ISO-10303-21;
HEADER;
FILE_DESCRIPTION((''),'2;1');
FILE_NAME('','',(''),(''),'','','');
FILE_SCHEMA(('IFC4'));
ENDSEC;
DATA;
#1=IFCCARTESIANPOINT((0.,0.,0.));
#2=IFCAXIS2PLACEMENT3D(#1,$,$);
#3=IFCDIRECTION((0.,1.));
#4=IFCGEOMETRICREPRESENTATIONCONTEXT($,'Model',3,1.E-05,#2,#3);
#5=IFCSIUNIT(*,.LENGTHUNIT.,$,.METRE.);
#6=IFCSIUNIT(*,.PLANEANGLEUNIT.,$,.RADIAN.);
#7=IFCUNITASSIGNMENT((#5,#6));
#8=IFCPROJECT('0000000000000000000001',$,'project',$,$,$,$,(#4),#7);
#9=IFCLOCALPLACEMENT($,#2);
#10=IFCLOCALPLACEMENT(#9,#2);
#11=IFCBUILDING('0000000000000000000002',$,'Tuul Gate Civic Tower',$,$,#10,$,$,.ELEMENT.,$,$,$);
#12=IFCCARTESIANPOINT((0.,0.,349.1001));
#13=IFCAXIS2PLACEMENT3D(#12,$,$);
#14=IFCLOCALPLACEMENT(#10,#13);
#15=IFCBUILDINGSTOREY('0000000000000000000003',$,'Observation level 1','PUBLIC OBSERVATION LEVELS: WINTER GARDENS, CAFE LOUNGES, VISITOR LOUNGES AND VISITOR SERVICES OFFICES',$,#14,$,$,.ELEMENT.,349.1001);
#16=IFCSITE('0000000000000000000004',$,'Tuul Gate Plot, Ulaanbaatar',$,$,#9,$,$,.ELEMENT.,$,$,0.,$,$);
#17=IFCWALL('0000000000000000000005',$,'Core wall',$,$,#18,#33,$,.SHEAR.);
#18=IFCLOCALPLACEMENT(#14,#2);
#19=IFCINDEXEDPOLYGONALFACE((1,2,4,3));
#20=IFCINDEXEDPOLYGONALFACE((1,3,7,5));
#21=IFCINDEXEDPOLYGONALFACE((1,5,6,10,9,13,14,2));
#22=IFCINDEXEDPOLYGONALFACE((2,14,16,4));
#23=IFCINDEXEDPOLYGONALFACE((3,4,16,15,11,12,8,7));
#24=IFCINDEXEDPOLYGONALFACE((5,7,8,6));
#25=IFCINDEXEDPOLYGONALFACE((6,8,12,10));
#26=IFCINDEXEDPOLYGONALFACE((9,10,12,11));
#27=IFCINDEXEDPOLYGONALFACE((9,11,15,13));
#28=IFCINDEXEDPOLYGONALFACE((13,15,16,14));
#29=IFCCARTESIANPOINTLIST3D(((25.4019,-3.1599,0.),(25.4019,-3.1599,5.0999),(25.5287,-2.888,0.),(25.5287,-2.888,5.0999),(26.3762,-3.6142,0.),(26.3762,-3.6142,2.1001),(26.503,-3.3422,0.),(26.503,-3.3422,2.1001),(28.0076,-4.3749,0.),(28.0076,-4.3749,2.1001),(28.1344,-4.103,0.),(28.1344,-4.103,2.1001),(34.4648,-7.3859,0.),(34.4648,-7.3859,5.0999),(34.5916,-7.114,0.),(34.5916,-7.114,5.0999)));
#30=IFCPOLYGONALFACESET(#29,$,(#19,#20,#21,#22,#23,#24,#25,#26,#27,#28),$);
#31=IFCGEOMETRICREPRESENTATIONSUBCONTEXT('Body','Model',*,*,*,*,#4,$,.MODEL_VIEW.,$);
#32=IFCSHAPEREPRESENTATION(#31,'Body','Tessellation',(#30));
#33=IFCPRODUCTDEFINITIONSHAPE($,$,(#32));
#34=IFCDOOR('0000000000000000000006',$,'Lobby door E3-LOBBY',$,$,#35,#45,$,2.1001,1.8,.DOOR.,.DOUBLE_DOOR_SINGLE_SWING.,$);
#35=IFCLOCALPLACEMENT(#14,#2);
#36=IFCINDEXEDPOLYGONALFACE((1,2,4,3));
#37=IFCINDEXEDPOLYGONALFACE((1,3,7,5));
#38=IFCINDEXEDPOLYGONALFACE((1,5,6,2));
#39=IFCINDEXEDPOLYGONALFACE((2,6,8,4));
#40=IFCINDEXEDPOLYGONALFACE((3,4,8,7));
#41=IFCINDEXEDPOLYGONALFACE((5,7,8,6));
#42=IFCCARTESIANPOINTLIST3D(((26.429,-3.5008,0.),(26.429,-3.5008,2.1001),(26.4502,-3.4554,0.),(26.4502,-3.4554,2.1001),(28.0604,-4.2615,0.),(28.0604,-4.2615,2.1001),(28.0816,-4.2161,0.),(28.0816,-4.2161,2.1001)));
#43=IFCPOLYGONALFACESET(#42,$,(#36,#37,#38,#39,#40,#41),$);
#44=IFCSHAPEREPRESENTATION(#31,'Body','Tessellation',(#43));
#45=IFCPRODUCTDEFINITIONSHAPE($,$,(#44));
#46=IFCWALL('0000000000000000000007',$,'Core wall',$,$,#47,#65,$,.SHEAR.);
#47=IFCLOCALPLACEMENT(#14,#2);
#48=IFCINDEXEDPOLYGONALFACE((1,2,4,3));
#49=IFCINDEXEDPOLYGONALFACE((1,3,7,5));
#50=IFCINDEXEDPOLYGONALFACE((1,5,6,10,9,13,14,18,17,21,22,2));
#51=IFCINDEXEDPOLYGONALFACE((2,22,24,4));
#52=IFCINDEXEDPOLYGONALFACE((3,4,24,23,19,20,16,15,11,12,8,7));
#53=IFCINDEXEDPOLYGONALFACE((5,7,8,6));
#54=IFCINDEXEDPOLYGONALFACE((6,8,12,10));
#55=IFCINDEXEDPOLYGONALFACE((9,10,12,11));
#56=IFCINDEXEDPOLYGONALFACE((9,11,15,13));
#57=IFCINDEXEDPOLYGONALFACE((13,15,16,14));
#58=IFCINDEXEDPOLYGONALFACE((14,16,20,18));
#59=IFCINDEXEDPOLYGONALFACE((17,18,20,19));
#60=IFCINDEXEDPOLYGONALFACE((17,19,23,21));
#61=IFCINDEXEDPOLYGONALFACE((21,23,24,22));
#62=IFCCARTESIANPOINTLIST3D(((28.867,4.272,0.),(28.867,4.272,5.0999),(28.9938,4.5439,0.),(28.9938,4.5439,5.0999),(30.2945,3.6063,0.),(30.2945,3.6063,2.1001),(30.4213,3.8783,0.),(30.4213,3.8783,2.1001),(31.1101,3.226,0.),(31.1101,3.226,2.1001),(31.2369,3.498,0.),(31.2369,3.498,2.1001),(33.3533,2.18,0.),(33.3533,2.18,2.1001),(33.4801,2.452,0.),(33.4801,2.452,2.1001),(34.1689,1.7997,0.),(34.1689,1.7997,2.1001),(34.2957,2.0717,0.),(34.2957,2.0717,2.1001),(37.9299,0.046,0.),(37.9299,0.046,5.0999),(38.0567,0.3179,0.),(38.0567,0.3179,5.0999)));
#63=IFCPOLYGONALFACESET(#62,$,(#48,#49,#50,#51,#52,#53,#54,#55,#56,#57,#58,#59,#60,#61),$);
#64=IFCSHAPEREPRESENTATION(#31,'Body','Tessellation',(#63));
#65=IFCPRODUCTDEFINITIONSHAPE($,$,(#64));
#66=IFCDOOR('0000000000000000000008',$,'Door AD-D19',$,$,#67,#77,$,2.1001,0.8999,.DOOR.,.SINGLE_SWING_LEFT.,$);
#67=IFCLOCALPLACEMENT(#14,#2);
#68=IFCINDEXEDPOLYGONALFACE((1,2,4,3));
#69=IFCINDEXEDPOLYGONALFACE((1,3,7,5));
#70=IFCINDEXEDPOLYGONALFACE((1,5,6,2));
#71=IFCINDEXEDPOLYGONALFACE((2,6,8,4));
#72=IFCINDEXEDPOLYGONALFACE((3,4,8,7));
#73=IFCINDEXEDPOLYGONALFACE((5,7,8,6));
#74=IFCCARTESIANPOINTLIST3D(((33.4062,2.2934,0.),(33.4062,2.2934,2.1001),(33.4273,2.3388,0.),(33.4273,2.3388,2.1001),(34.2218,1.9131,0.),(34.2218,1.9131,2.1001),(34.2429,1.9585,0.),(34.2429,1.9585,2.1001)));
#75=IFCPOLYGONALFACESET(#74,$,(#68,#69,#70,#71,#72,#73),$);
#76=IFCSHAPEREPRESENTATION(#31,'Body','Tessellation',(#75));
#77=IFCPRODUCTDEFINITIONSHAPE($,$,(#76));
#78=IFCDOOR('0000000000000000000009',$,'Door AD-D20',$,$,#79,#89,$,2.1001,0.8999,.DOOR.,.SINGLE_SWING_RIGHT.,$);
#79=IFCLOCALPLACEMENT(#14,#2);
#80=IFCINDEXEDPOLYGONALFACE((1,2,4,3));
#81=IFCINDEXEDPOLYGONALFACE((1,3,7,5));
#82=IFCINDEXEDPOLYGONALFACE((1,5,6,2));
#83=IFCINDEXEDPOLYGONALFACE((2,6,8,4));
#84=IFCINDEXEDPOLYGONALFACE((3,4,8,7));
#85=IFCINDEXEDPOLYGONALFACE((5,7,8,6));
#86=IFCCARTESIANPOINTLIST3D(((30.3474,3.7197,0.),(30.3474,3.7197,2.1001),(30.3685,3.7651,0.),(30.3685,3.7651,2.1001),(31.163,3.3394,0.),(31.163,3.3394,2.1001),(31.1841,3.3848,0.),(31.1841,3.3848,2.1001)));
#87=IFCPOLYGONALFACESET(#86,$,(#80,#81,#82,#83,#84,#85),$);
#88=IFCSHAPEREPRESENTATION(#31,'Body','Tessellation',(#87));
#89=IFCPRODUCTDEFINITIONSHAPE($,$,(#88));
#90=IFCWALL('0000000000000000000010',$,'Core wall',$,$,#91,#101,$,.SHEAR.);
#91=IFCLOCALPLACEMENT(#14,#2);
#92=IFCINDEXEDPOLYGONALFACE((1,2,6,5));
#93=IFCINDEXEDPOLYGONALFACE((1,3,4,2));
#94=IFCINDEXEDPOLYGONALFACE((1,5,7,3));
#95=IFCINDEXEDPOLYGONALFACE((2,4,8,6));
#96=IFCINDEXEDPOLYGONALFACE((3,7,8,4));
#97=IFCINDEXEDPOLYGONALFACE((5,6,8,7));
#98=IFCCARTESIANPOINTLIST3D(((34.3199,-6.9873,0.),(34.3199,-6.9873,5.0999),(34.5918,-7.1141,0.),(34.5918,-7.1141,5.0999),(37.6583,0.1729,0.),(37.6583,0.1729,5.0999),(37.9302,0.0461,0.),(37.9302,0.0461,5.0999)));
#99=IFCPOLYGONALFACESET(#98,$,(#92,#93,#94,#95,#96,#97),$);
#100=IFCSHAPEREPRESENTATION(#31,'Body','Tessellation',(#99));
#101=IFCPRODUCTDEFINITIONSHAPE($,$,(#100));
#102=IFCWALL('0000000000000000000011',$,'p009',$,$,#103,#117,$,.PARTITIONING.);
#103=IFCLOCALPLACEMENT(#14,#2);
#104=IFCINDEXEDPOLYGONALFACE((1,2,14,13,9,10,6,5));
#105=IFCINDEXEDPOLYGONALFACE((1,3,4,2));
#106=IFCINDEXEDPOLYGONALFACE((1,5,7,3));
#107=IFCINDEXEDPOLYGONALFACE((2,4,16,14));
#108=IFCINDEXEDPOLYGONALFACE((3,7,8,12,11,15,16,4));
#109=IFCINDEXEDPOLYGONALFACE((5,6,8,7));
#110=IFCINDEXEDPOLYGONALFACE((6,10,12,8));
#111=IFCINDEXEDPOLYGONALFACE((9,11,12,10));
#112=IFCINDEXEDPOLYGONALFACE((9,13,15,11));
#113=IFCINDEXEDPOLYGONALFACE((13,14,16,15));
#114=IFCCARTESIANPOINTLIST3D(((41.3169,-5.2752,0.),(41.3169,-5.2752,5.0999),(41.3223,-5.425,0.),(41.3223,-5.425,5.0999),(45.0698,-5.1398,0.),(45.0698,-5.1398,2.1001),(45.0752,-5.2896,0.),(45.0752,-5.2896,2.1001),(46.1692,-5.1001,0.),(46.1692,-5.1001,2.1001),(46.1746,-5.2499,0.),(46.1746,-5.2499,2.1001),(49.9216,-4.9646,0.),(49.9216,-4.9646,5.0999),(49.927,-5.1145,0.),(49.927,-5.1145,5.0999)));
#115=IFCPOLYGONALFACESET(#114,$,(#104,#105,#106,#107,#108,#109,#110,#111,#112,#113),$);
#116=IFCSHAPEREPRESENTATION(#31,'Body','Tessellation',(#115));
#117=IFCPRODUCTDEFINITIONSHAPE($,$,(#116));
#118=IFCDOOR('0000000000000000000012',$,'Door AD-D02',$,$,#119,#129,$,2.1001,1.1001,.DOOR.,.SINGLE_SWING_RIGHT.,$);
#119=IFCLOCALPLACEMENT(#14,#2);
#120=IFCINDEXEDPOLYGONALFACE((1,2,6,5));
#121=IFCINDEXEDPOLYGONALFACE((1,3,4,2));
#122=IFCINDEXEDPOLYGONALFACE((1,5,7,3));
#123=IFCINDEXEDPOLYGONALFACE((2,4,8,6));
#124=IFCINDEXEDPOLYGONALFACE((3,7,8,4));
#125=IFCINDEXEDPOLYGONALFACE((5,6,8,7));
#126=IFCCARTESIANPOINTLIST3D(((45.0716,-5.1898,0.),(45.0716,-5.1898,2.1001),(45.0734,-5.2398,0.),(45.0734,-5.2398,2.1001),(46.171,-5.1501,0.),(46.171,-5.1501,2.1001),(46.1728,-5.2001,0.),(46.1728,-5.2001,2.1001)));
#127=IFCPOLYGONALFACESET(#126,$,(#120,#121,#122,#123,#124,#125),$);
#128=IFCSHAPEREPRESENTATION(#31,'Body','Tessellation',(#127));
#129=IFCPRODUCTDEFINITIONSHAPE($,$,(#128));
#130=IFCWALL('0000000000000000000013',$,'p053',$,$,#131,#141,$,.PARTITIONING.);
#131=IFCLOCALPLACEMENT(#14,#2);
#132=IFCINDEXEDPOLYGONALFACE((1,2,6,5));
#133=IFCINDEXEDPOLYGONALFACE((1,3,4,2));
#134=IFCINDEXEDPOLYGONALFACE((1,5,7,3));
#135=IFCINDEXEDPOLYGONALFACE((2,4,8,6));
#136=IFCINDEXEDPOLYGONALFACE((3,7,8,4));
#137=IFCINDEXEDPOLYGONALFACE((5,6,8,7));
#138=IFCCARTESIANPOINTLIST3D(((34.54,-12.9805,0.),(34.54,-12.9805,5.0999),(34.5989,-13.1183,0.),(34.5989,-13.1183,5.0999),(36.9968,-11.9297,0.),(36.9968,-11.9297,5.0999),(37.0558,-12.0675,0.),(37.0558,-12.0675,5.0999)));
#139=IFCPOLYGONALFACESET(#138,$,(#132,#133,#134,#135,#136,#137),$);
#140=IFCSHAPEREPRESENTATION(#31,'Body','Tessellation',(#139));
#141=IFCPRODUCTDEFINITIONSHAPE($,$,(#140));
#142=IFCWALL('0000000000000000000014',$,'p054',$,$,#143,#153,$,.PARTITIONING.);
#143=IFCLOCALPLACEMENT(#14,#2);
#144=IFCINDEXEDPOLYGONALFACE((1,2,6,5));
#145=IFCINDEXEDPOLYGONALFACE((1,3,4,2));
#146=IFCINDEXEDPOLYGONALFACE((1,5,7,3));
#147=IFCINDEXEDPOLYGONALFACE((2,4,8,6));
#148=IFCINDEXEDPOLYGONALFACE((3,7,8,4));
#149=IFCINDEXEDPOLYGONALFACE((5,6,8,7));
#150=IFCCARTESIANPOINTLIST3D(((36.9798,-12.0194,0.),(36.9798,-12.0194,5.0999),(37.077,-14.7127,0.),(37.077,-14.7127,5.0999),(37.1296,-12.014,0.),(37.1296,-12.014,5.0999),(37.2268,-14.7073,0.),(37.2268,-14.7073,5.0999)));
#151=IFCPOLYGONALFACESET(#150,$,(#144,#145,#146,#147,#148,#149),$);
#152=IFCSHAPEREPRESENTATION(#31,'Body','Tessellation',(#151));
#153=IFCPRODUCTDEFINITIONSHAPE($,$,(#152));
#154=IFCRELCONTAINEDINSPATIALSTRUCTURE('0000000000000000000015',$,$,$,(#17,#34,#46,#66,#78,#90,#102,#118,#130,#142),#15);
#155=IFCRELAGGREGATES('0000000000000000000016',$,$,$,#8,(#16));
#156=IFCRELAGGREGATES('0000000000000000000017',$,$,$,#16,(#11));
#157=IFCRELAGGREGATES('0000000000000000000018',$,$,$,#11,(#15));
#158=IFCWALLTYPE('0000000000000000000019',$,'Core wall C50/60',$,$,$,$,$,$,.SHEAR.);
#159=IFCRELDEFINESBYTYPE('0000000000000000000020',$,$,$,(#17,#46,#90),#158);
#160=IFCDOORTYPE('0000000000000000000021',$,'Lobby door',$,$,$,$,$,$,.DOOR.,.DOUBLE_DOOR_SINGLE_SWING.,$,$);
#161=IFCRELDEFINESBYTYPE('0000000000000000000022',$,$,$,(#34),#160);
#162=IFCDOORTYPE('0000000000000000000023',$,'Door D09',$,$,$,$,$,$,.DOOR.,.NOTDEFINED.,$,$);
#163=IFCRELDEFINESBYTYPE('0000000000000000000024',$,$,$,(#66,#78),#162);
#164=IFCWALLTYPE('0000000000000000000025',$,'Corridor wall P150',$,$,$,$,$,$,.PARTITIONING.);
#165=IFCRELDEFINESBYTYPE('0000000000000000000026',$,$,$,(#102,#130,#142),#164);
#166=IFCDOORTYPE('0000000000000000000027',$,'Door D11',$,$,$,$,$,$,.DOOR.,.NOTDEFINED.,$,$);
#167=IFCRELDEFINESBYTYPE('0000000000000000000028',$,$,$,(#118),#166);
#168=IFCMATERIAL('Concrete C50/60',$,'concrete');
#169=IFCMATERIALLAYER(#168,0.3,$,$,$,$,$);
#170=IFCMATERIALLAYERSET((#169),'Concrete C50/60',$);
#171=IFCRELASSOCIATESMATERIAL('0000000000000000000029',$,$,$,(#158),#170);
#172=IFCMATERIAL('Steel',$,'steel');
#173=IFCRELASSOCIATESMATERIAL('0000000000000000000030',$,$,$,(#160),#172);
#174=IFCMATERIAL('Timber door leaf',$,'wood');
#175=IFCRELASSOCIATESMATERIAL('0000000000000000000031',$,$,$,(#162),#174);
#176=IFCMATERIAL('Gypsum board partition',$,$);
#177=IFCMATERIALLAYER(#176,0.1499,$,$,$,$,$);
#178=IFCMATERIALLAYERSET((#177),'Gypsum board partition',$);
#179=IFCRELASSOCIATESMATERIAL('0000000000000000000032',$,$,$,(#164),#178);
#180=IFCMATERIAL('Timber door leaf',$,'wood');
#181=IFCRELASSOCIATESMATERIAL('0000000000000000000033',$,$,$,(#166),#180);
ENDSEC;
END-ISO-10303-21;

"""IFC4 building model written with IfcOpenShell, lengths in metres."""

from ifc_helpers import new_model, si_unit, direction, frame, frame_2d, origin, place, context, subcontext, project, spatial, rectangle, extrude, material, layer, layer_set, type_object, element, fill, save


model = new_model("IFC4")

# Units and contexts
model_context = context("Model", 3, precision=1e-05, world=origin(), true_north=direction((0.0, 1.0)))
body_context = subcontext(model_context, "Body", "Model", "MODEL_VIEW")
ifc_project = project(units=[si_unit("LENGTHUNIT", "METRE"), si_unit("PLANEANGLEUNIT", "RADIAN")], contexts=[model_context])

# Site, building, storey
site_placement = place(None, origin())
site = spatial("IfcSite", under=ifc_project, at=site_placement, Name="Tuul Gate Plot, Ulaanbaatar", CompositionType="ELEMENT", RefElevation=0.0)
building_placement = place(site_placement, origin())
building = spatial("IfcBuilding", under=site, at=building_placement, Name="Tuul Gate Civic Tower", CompositionType="ELEMENT")
storey_placement = place(building_placement, frame((0.0, 0.0, 349.1001)))
storey = spatial("IfcBuildingStorey", under=building, at=storey_placement, Name="Observation level 1", Description="PUBLIC OBSERVATION LEVELS: WINTER GARDENS, CAFE LOUNGES, VISITOR LOUNGES AND VISITOR SERVICES OFFICES", CompositionType="ELEMENT", Elevation=349.1001)

# Shared definitions
ifc_material_1 = material(Name="Concrete C50/60", Category="concrete")
ifc_layer_1 = layer(ifc_material_1, 0.3)
ifc_layer_set_1 = layer_set([ifc_layer_1], Name="Concrete C50/60")
wall_type_1 = type_object("IfcWallType", Name="Core wall C50/60", PredefinedType="SHEAR", material=ifc_layer_set_1)

# Wall, opening, door
wall_1_placement = place(storey_placement, frame((34.5283, -7.25, 0.0), z_axis=(0.0, 0.0, 1.0), x_axis=(-0.90631, 0.422613, 0.0)))
wall_1 = element("IfcWall", 1, at=wall_1_placement, inside=storey, type_object=wall_type_1, Name="Core wall", PredefinedType="SHEAR", context=body_context, shape_type="SweptSolid", body=[
    extrude(rectangle(XDim=9.9998, YDim=0.3, at=frame_2d((5.0, 0.0))), origin(), (0.0, 0.0, 1.0), 5.0999),
])
opening_1_placement = place(wall_1_placement, frame((7.125, 0.0, 0.0)))
opening_1 = element("IfcOpeningElement", 2, at=opening_1_placement, cuts=wall_1, PredefinedType="OPENING", context=body_context, shape_type="SweptSolid", body=[
    extrude(rectangle(XDim=1.8, YDim=2.1001, at=frame_2d((0.8999, 1.05))), frame((0.0, 0.1602, 0.0), z_axis=(0.0, -1.0, 0.0), x_axis=(1.0, 0.0, 0.0)), (0.0, 0.0, 1.0), 0.3201),
])
ifc_material_2 = material(Name="Steel", Category="steel")
door_type_1 = type_object("IfcDoorType", Name="Lobby door", OperationType="DOUBLE_DOOR_SINGLE_SWING", PredefinedType="DOOR", material=ifc_material_2)
door_1_placement = place(opening_1_placement, origin())
door_1 = element("IfcDoor", 3, at=door_1_placement, inside=storey, type_object=door_type_1, Name="Lobby door E3-LOBBY", OperationType="DOUBLE_DOOR_SINGLE_SWING", OverallHeight=2.1001, OverallWidth=1.8, PredefinedType="DOOR", context=body_context, shape_type="SweptSolid", body=[
    extrude(rectangle(XDim=1.8, YDim=2.1001, at=frame_2d((0.8999, 1.05))), frame((0.0, 0.0249, 0.0), z_axis=(0.0, -1.0, 0.0), x_axis=(1.0, 0.0, 0.0)), (0.0, 0.0, 1.0), 0.05),
])
fill(opening_1, door_1)

# Wall, openings, doors
wall_2_placement = place(storey_placement, frame((37.9934, 0.1819, 0.0), z_axis=(0.0, 0.0, 1.0), x_axis=(-0.90631, 0.422613, 0.0)))
wall_2 = element("IfcWall", 4, at=wall_2_placement, inside=storey, type_object=wall_type_1, Name="Core wall", PredefinedType="SHEAR", context=body_context, shape_type="SweptSolid", body=[
    extrude(rectangle(XDim=9.9998, YDim=0.3, at=frame_2d((5.0, 0.0))), origin(), (0.0, 0.0, 1.0), 5.0999),
])
opening_2_placement = place(wall_2_placement, frame((4.1499, 0.0, 0.0)))
opening_2 = element("IfcOpeningElement", 5, at=opening_2_placement, cuts=wall_2, PredefinedType="OPENING", context=body_context, shape_type="SweptSolid", body=[
    extrude(rectangle(XDim=0.8999, YDim=2.1001, at=frame_2d((0.45, 1.05))), frame((0.0, 0.1602, 0.0), z_axis=(0.0, -1.0, 0.0), x_axis=(1.0, 0.0, 0.0)), (0.0, 0.0, 1.0), 0.3201),
])
opening_3_placement = place(wall_2_placement, frame((7.5249, 0.0, 0.0)))
opening_3 = element("IfcOpeningElement", 6, at=opening_3_placement, cuts=wall_2, PredefinedType="OPENING", context=body_context, shape_type="SweptSolid", body=[
    extrude(rectangle(XDim=0.8999, YDim=2.1001, at=frame_2d((0.45, 1.05))), frame((0.0, 0.1602, 0.0), z_axis=(0.0, -1.0, 0.0), x_axis=(1.0, 0.0, 0.0)), (0.0, 0.0, 1.0), 0.3201),
])
ifc_material_3 = material(Name="Timber door leaf", Category="wood")
door_type_2 = type_object("IfcDoorType", Name="Door D09", OperationType="NOTDEFINED", PredefinedType="DOOR", material=ifc_material_3)
door_2_placement = place(opening_2_placement, origin())
door_2 = element("IfcDoor", 7, at=door_2_placement, inside=storey, type_object=door_type_2, Name="Door AD-D19", OperationType="SINGLE_SWING_LEFT", OverallHeight=2.1001, OverallWidth=0.8999, PredefinedType="DOOR", context=body_context, shape_type="SweptSolid", body=[
    extrude(rectangle(XDim=0.8999, YDim=2.1001, at=frame_2d((0.45, 1.05))), frame((0.0, 0.0249, 0.0), z_axis=(0.0, -1.0, 0.0), x_axis=(1.0, 0.0, 0.0)), (0.0, 0.0, 1.0), 0.05),
])
fill(opening_2, door_2)
door_3_placement = place(opening_3_placement, origin())
door_3 = element("IfcDoor", 8, at=door_3_placement, inside=storey, type_object=door_type_2, Name="Door AD-D20", OperationType="SINGLE_SWING_RIGHT", OverallHeight=2.1001, OverallWidth=0.8999, PredefinedType="DOOR", context=body_context, shape_type="SweptSolid", body=[
    extrude(rectangle(XDim=0.8999, YDim=2.1001, at=frame_2d((0.45, 1.05))), frame((0.0, 0.0249, 0.0), z_axis=(0.0, -1.0, 0.0), x_axis=(1.0, 0.0, 0.0)), (0.0, 0.0, 1.0), 0.05),
])
fill(opening_3, door_3)

# Wall
wall_3_placement = place(storey_placement, frame((34.4558, -7.0508, 0.0), z_axis=(0.0, 0.0, 1.0), x_axis=(0.422571, 0.90633, 0.0)))
element("IfcWall", 9, at=wall_3_placement, inside=storey, type_object=wall_type_1, Name="Core wall", PredefinedType="SHEAR", context=body_context, shape_type="SweptSolid", body=[
    extrude(rectangle(XDim=7.9001, YDim=0.3, at=frame_2d((3.9502, 0.0))), origin(), (0.0, 0.0, 1.0), 5.0999),
])

# Wall, opening, door
ifc_material_4 = material(Name="Gypsum board partition")
ifc_layer_2 = layer(ifc_material_4, 0.1499)
ifc_layer_set_2 = layer_set([ifc_layer_2], Name="Gypsum board partition")
wall_type_2 = type_object("IfcWallType", Name="Corridor wall P150", PredefinedType="PARTITIONING", material=ifc_layer_set_2)
wall_4_placement = place(storey_placement, frame((41.3196, -5.3501, 0.0), z_axis=(0.0, 0.0, 1.0), x_axis=(0.999349, 0.036067, 0.0)))
wall_4 = element("IfcWall", 10, at=wall_4_placement, inside=storey, type_object=wall_type_2, Name="p009", PredefinedType="PARTITIONING", context=body_context, shape_type="SweptSolid", body=[
    extrude(rectangle(XDim=8.6104, YDim=0.1499, at=frame_2d((4.3052, 0.0))), origin(), (0.0, 0.0, 1.0), 5.0999),
])
opening_4_placement = place(wall_4_placement, frame((3.7554, 0.0, 0.0)))
opening_4 = element("IfcOpeningElement", 11, at=opening_4_placement, cuts=wall_4, PredefinedType="OPENING", context=body_context, shape_type="SweptSolid", body=[
    extrude(rectangle(XDim=1.1001, YDim=2.1001, at=frame_2d((0.55, 1.05))), frame((0.0, 0.085, 0.0), z_axis=(0.0, -1.0, 0.0), x_axis=(1.0, 0.0, 0.0)), (0.0, 0.0, 1.0), 0.1699),
])
ifc_material_5 = material(Name="Timber door leaf", Category="wood")
door_type_3 = type_object("IfcDoorType", Name="Door D11", OperationType="NOTDEFINED", PredefinedType="DOOR", material=ifc_material_5)
door_4_placement = place(opening_4_placement, origin())
door_4 = element("IfcDoor", 12, at=door_4_placement, inside=storey, type_object=door_type_3, Name="Door AD-D02", OperationType="SINGLE_SWING_RIGHT", OverallHeight=2.1001, OverallWidth=1.1001, PredefinedType="DOOR", context=body_context, shape_type="SweptSolid", body=[
    extrude(rectangle(XDim=1.1001, YDim=2.1001, at=frame_2d((0.55, 1.05))), frame((0.0, 0.0249, 0.0), z_axis=(0.0, -1.0, 0.0), x_axis=(1.0, 0.0, 0.0)), (0.0, 0.0, 1.0), 0.05),
])
fill(opening_4, door_4)

# Walls
wall_5_placement = place(storey_placement, frame((34.5696, -13.0493, 0.0), z_axis=(0.0, 0.0, 1.0), x_axis=(0.919433, 0.393247, 0.0)))
element("IfcWall", 13, at=wall_5_placement, inside=storey, type_object=wall_type_2, Name="p053", PredefinedType="PARTITIONING", context=body_context, shape_type="SweptSolid", body=[
    extrude(rectangle(XDim=2.6721, YDim=0.1499, at=frame_2d((1.3359, 0.0))), origin(), (0.0, 0.0, 1.0), 5.0999),
])
wall_6_placement = place(storey_placement, frame((37.0547, -12.0166, 0.0), z_axis=(0.0, 0.0, 1.0), x_axis=(0.036053, -0.99935, 0.0)))
element("IfcWall", 14, at=wall_6_placement, inside=storey, type_object=wall_type_2, Name="p054", PredefinedType="PARTITIONING", context=body_context, shape_type="SweptSolid", body=[
    extrude(rectangle(XDim=2.6951, YDim=0.1499, at=frame_2d((1.3477, 0.0))), origin(), (0.0, 0.0, 1.0), 5.0999),
])

save(model, "model.ifc")
